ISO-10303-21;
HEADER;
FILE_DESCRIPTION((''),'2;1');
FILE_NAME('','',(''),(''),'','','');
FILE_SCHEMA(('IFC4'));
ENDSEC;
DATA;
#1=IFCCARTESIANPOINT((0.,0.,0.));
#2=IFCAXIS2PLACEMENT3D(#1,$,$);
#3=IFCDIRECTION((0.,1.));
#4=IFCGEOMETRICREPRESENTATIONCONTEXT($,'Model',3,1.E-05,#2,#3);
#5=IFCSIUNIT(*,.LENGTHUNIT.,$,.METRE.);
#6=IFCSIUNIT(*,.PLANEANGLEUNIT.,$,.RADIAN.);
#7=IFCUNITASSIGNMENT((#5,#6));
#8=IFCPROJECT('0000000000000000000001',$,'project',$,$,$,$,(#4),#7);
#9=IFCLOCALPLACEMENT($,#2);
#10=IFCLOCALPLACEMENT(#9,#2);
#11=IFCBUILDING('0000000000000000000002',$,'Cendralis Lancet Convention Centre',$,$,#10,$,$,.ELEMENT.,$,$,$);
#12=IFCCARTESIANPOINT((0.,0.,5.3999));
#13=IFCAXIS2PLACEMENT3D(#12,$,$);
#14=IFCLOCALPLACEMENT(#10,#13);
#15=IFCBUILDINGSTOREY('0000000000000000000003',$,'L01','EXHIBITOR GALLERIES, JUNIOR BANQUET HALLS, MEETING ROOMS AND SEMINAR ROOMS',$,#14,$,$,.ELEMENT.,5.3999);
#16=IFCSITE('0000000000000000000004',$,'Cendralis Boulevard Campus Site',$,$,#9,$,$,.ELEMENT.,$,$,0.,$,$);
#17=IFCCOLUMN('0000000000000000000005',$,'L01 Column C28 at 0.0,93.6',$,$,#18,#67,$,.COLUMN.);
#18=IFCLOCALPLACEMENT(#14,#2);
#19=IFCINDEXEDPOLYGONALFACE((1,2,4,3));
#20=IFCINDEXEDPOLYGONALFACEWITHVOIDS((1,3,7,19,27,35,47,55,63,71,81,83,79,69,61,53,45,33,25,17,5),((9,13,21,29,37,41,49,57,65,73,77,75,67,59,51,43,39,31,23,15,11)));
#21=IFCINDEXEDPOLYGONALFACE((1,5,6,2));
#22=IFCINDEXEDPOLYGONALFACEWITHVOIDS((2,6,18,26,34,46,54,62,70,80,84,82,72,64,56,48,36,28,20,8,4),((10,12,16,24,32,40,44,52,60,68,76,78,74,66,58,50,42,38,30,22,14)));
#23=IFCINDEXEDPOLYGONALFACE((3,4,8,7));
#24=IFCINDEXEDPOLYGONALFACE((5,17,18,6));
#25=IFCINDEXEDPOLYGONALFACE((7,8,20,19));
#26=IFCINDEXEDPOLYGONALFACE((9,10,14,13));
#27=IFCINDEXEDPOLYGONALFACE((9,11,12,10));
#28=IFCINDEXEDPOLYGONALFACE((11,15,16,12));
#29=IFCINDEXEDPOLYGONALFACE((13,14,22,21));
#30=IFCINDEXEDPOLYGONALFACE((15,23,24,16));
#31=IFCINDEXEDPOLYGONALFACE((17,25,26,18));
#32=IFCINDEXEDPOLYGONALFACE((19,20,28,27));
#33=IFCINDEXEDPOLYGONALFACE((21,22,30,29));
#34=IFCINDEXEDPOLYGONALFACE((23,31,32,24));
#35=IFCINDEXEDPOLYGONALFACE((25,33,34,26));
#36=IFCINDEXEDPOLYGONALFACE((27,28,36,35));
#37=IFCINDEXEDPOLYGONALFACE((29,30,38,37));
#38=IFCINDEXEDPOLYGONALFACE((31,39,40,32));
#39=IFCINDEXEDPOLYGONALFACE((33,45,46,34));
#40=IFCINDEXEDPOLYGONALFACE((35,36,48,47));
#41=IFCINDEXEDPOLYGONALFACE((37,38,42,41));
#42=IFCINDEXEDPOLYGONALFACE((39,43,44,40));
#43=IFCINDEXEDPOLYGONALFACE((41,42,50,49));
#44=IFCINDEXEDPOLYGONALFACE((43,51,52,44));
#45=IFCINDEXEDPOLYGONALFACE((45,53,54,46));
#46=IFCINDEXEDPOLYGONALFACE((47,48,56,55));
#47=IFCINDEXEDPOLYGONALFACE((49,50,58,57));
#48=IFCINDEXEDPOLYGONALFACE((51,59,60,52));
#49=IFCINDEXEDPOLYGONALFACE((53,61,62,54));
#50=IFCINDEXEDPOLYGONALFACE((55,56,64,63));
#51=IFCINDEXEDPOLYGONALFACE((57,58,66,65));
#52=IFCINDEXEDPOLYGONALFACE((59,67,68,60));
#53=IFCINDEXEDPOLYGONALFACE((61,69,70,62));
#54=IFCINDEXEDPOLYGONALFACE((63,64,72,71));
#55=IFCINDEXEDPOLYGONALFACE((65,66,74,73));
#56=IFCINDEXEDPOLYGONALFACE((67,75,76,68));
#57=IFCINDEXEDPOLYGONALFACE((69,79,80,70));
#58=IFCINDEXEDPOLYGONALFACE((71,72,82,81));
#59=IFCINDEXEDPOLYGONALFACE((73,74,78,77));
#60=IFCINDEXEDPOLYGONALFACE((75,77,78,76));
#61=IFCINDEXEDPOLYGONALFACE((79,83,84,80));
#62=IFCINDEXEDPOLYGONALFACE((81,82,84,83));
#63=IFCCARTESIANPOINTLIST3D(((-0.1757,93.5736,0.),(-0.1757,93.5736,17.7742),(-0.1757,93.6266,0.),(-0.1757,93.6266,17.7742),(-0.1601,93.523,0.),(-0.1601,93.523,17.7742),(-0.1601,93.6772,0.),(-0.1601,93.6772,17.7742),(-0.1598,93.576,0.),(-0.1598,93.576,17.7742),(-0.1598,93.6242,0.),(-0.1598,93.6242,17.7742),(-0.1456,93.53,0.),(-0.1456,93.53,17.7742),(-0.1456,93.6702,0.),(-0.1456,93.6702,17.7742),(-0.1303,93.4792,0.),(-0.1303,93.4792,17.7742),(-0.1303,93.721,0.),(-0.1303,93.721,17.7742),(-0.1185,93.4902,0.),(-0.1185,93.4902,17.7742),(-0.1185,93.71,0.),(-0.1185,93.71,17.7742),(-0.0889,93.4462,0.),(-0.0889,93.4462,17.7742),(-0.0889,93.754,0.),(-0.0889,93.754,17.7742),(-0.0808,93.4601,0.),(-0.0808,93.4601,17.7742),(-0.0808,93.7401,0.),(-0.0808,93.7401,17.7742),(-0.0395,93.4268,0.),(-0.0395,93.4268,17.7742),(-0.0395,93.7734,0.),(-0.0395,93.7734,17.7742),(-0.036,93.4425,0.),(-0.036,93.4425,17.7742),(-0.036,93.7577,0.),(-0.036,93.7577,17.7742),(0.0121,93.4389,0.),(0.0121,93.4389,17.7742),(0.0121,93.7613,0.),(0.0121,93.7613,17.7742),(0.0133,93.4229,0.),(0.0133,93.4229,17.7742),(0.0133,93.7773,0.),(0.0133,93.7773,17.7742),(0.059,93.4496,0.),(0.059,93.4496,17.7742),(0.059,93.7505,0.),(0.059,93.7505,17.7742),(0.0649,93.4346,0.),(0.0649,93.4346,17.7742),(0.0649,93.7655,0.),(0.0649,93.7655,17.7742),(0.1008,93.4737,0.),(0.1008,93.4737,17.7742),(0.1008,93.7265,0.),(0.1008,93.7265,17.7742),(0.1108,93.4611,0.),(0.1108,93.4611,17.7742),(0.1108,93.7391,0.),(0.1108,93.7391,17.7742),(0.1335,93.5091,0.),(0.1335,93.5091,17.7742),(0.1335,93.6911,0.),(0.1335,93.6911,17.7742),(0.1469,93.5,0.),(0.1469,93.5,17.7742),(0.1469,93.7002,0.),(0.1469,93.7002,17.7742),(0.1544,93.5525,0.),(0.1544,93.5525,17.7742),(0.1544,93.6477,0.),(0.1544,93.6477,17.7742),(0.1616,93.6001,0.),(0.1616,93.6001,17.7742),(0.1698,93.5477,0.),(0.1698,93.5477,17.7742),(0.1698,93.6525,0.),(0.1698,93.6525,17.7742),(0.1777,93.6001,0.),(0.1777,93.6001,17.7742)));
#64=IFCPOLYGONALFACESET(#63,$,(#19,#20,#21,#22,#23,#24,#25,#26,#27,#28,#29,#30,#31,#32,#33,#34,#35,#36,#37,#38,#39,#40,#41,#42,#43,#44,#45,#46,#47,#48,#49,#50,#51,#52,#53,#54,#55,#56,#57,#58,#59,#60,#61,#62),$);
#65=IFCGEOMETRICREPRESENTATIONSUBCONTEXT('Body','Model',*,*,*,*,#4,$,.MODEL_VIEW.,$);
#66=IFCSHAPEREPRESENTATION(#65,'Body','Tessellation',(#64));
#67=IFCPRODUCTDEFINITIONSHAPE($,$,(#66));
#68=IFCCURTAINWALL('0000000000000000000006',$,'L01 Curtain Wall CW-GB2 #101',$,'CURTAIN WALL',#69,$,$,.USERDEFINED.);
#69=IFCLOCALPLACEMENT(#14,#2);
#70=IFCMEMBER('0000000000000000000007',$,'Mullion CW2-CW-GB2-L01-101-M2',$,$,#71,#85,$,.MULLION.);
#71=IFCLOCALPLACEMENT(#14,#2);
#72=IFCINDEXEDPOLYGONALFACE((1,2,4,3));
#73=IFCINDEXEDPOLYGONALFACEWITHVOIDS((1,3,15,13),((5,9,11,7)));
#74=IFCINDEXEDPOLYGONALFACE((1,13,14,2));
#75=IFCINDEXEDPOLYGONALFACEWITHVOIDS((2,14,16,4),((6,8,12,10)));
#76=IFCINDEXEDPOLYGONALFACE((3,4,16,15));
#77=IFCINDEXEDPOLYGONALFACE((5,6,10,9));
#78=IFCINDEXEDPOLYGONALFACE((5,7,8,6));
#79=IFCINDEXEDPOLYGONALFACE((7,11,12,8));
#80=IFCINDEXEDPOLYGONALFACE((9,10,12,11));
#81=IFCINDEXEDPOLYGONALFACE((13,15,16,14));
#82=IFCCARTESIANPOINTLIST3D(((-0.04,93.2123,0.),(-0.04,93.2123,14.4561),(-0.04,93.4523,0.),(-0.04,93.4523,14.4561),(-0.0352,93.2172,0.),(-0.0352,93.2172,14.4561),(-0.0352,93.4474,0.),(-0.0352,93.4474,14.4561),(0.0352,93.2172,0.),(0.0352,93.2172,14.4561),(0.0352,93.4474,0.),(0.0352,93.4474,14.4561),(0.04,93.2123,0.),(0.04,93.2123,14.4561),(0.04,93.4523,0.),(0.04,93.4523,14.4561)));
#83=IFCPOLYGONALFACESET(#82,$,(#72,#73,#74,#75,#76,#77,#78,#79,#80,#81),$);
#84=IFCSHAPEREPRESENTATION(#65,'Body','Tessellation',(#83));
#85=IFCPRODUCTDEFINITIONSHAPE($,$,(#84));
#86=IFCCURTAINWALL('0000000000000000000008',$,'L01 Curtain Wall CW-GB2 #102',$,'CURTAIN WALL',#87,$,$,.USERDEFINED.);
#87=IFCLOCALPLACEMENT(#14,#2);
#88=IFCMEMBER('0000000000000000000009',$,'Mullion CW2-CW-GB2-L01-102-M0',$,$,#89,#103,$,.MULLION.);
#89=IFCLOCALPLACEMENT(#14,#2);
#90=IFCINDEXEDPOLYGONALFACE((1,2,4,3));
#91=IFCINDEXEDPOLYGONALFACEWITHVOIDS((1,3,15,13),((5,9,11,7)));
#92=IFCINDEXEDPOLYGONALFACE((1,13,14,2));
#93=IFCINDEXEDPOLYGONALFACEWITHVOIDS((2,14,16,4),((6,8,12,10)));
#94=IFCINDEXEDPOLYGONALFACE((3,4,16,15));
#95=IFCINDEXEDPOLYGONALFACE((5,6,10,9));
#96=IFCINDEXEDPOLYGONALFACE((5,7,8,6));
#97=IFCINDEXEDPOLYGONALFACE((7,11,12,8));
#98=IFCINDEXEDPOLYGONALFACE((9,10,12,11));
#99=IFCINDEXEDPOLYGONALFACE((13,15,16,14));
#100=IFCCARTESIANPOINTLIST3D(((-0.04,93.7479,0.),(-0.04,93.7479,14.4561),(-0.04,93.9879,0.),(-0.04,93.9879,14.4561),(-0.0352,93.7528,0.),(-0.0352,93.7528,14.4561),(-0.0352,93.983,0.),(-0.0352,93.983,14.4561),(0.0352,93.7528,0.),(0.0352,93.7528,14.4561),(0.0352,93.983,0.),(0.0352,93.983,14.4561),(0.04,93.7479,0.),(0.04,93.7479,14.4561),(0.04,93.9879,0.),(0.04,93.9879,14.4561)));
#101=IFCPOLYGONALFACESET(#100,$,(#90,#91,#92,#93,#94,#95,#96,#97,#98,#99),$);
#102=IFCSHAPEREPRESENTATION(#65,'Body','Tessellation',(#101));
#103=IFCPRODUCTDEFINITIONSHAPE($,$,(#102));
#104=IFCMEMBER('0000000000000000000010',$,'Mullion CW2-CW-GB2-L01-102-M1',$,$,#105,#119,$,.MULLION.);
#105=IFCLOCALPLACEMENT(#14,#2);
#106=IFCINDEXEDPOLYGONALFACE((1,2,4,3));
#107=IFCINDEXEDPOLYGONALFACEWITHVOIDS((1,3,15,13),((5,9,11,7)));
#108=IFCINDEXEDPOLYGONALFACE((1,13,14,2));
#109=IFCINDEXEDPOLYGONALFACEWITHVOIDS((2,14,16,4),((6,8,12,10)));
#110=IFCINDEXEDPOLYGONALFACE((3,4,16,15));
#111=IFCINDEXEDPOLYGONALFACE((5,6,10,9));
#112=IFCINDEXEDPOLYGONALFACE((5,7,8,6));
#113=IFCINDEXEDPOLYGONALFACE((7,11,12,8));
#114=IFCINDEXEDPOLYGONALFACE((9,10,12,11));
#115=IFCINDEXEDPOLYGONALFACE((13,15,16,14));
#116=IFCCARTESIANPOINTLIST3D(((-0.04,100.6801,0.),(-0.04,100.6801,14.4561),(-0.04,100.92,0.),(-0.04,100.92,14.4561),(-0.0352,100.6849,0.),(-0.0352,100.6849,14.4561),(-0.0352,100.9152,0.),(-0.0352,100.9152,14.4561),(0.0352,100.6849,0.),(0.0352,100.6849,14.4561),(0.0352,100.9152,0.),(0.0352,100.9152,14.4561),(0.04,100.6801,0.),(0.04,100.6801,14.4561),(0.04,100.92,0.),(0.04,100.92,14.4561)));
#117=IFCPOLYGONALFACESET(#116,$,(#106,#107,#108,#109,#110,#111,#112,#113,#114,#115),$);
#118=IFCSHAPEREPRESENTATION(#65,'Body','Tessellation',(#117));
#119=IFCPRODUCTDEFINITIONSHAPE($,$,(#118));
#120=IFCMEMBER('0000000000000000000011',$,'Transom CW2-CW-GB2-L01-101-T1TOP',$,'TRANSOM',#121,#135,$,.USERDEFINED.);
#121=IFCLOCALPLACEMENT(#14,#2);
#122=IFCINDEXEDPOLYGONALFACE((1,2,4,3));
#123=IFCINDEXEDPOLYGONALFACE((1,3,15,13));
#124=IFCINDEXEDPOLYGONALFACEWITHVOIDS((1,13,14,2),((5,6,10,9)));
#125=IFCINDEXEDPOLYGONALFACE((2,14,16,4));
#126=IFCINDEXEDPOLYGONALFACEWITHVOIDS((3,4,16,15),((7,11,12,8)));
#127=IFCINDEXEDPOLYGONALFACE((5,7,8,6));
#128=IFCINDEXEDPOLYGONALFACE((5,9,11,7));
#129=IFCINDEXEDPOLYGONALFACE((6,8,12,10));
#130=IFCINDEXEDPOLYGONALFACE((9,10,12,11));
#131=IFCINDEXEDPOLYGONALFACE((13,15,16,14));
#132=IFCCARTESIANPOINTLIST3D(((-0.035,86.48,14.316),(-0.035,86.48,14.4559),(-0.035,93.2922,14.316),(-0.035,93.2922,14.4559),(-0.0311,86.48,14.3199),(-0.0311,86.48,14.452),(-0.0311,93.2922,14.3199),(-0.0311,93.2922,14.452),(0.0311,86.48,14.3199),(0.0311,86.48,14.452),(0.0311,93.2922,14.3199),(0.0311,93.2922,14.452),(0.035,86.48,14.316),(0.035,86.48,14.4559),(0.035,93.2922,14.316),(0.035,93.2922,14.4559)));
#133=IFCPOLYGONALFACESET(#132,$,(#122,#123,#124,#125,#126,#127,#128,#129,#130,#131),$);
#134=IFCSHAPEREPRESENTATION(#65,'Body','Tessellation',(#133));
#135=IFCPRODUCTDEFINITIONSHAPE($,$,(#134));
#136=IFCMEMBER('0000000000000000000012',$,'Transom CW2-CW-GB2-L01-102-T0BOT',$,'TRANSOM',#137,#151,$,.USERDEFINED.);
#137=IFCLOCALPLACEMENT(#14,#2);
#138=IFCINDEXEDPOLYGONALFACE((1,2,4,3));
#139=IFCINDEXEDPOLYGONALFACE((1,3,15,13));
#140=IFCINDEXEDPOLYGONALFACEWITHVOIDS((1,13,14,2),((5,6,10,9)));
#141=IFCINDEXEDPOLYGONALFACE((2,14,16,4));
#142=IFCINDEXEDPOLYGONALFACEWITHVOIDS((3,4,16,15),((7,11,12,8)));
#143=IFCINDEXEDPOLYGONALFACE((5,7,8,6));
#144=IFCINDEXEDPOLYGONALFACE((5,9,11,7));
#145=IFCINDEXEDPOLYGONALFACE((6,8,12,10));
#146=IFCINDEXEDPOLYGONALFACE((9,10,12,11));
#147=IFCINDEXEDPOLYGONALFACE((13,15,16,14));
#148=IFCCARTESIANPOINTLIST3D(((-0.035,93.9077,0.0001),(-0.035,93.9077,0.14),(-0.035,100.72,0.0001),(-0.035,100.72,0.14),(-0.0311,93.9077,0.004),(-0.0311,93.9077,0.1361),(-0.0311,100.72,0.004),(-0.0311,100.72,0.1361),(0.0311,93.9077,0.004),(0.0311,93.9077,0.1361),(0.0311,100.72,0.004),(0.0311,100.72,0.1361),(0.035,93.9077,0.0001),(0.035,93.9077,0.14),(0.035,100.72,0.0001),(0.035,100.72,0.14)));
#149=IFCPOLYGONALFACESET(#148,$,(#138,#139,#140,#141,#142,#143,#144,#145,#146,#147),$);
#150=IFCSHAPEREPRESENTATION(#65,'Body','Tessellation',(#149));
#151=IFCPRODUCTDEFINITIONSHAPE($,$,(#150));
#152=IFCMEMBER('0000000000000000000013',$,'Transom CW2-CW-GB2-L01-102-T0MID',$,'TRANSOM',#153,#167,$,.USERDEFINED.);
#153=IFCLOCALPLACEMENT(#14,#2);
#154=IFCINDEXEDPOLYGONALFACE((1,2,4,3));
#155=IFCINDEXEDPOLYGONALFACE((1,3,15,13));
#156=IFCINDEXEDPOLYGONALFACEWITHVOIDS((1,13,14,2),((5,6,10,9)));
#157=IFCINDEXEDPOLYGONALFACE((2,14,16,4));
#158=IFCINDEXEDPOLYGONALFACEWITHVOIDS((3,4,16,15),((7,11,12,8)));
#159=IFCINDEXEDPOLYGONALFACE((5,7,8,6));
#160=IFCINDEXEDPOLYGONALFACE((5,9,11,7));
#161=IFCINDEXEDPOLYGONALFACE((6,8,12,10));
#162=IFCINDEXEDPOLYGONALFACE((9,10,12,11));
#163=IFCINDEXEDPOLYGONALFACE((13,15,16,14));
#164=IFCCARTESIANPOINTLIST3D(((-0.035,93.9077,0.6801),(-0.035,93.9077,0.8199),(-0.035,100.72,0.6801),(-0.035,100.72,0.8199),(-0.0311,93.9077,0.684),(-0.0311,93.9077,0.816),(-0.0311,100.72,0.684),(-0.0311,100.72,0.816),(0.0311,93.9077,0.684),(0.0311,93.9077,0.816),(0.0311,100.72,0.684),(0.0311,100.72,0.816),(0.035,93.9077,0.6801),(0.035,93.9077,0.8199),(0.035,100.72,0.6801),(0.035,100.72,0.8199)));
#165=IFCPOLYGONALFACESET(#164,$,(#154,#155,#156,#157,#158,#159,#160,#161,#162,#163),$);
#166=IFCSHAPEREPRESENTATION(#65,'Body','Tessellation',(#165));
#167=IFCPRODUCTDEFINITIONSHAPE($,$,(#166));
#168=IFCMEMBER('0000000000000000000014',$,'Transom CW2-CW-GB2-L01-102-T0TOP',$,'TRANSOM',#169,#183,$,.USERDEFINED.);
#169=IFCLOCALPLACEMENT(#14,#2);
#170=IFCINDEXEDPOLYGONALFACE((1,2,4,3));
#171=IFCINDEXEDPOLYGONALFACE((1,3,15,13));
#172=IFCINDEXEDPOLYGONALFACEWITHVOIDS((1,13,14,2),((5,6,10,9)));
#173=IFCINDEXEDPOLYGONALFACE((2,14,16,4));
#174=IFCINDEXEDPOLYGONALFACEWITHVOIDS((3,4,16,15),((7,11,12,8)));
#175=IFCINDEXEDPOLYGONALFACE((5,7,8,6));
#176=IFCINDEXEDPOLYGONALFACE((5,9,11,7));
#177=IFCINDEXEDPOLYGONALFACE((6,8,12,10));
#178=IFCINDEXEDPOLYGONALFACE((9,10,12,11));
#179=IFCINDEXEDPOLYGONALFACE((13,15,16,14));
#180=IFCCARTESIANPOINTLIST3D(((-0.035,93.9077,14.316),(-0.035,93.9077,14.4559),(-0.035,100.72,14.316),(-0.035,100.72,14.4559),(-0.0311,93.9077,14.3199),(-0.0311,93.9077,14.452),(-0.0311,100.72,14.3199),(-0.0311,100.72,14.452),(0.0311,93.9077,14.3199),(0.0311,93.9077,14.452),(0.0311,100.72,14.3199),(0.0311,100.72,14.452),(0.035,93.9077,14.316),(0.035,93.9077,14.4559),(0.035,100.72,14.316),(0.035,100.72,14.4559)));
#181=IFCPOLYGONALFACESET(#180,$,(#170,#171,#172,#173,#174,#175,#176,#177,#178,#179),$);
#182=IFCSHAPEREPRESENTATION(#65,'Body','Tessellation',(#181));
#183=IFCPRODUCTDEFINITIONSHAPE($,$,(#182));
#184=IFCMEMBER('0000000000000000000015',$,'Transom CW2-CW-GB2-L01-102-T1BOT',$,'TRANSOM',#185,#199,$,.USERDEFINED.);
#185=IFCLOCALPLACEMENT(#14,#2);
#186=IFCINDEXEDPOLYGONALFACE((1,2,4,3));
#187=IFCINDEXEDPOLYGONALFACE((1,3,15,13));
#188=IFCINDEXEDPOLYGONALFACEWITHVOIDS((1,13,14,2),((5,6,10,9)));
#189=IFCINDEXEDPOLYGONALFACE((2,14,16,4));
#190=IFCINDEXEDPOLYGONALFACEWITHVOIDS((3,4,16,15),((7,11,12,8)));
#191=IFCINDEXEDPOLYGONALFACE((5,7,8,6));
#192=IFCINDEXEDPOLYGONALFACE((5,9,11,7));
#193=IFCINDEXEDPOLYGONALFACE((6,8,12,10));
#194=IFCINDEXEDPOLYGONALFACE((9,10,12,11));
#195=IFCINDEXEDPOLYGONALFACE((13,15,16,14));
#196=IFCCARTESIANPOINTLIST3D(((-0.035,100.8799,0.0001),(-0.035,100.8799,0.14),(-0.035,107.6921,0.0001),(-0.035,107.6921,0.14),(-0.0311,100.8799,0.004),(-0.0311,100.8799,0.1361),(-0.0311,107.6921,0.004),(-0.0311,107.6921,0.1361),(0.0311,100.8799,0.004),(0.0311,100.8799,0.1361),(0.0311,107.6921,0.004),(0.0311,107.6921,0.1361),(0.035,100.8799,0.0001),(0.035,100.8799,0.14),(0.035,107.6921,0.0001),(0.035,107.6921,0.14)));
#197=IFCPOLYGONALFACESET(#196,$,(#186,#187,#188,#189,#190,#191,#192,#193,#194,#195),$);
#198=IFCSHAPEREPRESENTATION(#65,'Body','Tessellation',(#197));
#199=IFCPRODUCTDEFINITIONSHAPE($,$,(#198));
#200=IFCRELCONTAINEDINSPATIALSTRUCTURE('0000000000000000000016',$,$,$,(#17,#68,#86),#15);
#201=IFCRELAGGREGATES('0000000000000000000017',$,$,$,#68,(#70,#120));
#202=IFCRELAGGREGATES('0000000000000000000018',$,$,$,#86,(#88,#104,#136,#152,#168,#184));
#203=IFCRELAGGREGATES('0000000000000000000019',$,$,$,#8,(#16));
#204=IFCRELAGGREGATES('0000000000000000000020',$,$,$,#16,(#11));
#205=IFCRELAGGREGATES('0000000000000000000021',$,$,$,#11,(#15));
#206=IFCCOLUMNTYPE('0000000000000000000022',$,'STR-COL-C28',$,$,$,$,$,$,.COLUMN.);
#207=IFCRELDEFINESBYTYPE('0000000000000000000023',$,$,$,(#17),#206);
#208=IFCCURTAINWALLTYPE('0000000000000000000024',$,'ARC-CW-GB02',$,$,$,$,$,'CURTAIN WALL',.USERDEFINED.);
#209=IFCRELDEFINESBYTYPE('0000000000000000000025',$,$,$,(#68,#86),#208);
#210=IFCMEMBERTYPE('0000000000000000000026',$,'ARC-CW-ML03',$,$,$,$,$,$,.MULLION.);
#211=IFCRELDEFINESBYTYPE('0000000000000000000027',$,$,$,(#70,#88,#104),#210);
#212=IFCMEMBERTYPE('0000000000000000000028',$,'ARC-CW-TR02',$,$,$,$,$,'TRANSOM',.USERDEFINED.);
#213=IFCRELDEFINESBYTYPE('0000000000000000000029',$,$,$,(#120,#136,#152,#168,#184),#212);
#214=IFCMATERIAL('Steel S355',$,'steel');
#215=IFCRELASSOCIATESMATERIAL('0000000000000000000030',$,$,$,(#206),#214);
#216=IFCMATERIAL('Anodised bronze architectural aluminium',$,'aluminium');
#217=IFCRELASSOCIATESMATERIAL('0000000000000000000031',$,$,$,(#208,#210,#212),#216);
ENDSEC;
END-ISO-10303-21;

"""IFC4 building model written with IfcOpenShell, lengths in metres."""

from ifc_helpers import new_model, si_unit, direction, frame, origin, origin_2d, place, context, subcontext, project, spatial, hollow_rectangle, hollow_circle, extrude, material, material_profile, profile_set, type_object, element, aggregate, save


model = new_model("IFC4")

# Units and contexts
model_context = context("Model", 3, precision=1e-05, world=origin(), true_north=direction((0.0, 1.0)))
body_context = subcontext(model_context, "Body", "Model", "MODEL_VIEW")
ifc_project = project(units=[si_unit("LENGTHUNIT", "METRE"), si_unit("PLANEANGLEUNIT", "RADIAN")], contexts=[model_context])

# Site, building, storey
site_placement = place(None, origin())
site = spatial("IfcSite", under=ifc_project, at=site_placement, Name="Cendralis Boulevard Campus Site", CompositionType="ELEMENT", RefElevation=0.0)
building_placement = place(site_placement, origin())
building = spatial("IfcBuilding", under=site, at=building_placement, Name="Cendralis Lancet Convention Centre", CompositionType="ELEMENT")
storey_placement = place(building_placement, frame((0.0, 0.0, 5.3999)))
storey = spatial("IfcBuildingStorey", under=building, at=storey_placement, Name="L01", Description="EXHIBITOR GALLERIES, JUNIOR BANQUET HALLS, MEETING ROOMS AND SEMINAR ROOMS", CompositionType="ELEMENT", Elevation=5.3999)

# Column
ifc_material_1 = material(Name="Steel S355", Category="steel")
ifc_material_profile_1 = material_profile(ifc_material_1, hollow_circle(Radius=0.1777, WallThickness=0.0161, at=origin_2d()), Name="CHS 355.6x16.0")
ifc_profile_set_1 = profile_set([ifc_material_profile_1], Name="Steel S355")
column_type = type_object("IfcColumnType", Name="STR-COL-C28", PredefinedType="COLUMN", material=ifc_profile_set_1)
column_placement = place(storey_placement, frame((0.0, 93.6001, 0.0), z_axis=(0.0, 0.0, 1.0), x_axis=(1.0, 0.0, 0.0)))
element("IfcColumn", 1, at=column_placement, inside=storey, type_object=column_type, Name="L01 Column C28 at 0.0,93.6", PredefinedType="COLUMN", context=body_context, shape_type="SweptSolid", body=[
    extrude(hollow_circle(Radius=0.1777, WallThickness=0.0161, at=origin_2d()), origin(), (0.0, 0.0, 1.0), 17.7742),
])

# Curtain wall, member
ifc_material_2 = material(Name="Anodised bronze architectural aluminium", Category="aluminium")
curtain_wall_type = type_object("IfcCurtainWallType", Name="ARC-CW-GB02", ElementType="CURTAIN WALL", PredefinedType="USERDEFINED", material=ifc_material_2)
curtain_wall_1_placement = place(storey_placement, origin())
curtain_wall_1 = element("IfcCurtainWall", 2, at=curtain_wall_1_placement, inside=storey, type_object=curtain_wall_type, Name="L01 Curtain Wall CW-GB2 #101", ObjectType="CURTAIN WALL", PredefinedType="USERDEFINED")
ifc_material_profile_2 = material_profile(ifc_material_2, hollow_rectangle(XDim=0.0801, YDim=0.24, WallThickness=0.0049, at=origin_2d()), Name="AL-MULL 80x240x5.0")
ifc_profile_set_2 = profile_set([ifc_material_profile_2], Name="Anodised bronze architectural aluminium")
member_type_1 = type_object("IfcMemberType", Name="ARC-CW-ML03", PredefinedType="MULLION", material=ifc_profile_set_2)
member_1_placement = place(storey_placement, frame((0.0, 93.3323, 0.0), z_axis=(0.0, 0.0, 1.0), x_axis=(1.0, 0.0, 0.0)))
member_1 = element("IfcMember", 3, at=member_1_placement, type_object=member_type_1, Name="Mullion CW2-CW-GB2-L01-101-M2", PredefinedType="MULLION", context=body_context, shape_type="SweptSolid", body=[
    extrude(hollow_rectangle(XDim=0.0801, YDim=0.24, WallThickness=0.0049, at=origin_2d()), origin(), (0.0, 0.0, 1.0), 14.4561),
])

# Curtain wall, members
curtain_wall_2_placement = place(storey_placement, origin())
curtain_wall_2 = element("IfcCurtainWall", 4, at=curtain_wall_2_placement, inside=storey, type_object=curtain_wall_type, Name="L01 Curtain Wall CW-GB2 #102", ObjectType="CURTAIN WALL", PredefinedType="USERDEFINED")
member_2_placement = place(storey_placement, frame((0.0, 93.8679, 0.0), z_axis=(0.0, 0.0, 1.0), x_axis=(1.0, 0.0, 0.0)))
member_2 = element("IfcMember", 5, at=member_2_placement, type_object=member_type_1, Name="Mullion CW2-CW-GB2-L01-102-M0", PredefinedType="MULLION", context=body_context, shape_type="SweptSolid", body=[
    extrude(hollow_rectangle(XDim=0.0801, YDim=0.24, WallThickness=0.0049, at=origin_2d()), origin(), (0.0, 0.0, 1.0), 14.4561),
])
member_3_placement = place(storey_placement, frame((0.0, 100.8, 0.0), z_axis=(0.0, 0.0, 1.0), x_axis=(1.0, 0.0, 0.0)))
member_3 = element("IfcMember", 6, at=member_3_placement, type_object=member_type_1, Name="Mullion CW2-CW-GB2-L01-102-M1", PredefinedType="MULLION", context=body_context, shape_type="SweptSolid", body=[
    extrude(hollow_rectangle(XDim=0.0801, YDim=0.24, WallThickness=0.0049, at=origin_2d()), origin(), (0.0, 0.0, 1.0), 14.4561),
])

# Members
ifc_material_profile_3 = material_profile(ifc_material_2, hollow_rectangle(XDim=0.0701, YDim=0.1399, WallThickness=0.0039, at=origin_2d()), Name="AL-TRAN 70x140x4.0")
ifc_profile_set_3 = profile_set([ifc_material_profile_3], Name="Anodised bronze architectural aluminium")
member_type_2 = type_object("IfcMemberType", Name="ARC-CW-TR02", ElementType="TRANSOM", PredefinedType="USERDEFINED", material=ifc_profile_set_3)
member_4_placement = place(storey_placement, frame((0.0, 86.48, 14.386), z_axis=(0.0, 1.0, 0.0), x_axis=(-1.0, 0.0, 0.0)))
member_4 = element("IfcMember", 7, at=member_4_placement, type_object=member_type_2, Name="Transom CW2-CW-GB2-L01-101-T1TOP", ObjectType="TRANSOM", PredefinedType="USERDEFINED", context=body_context, shape_type="SweptSolid", body=[
    extrude(hollow_rectangle(XDim=0.0701, YDim=0.1399, WallThickness=0.0039, at=origin_2d()), origin(), (0.0, 0.0, 1.0), 6.8123),
])
member_5_placement = place(storey_placement, frame((0.0, 93.9077, 0.0701), z_axis=(0.0, 1.0, 0.0), x_axis=(-1.0, 0.0, 0.0)))
member_5 = element("IfcMember", 8, at=member_5_placement, type_object=member_type_2, Name="Transom CW2-CW-GB2-L01-102-T0BOT", ObjectType="TRANSOM", PredefinedType="USERDEFINED", context=body_context, shape_type="SweptSolid", body=[
    extrude(hollow_rectangle(XDim=0.0701, YDim=0.1399, WallThickness=0.0039, at=origin_2d()), origin(), (0.0, 0.0, 1.0), 6.8123),
])
member_6_placement = place(storey_placement, frame((0.0, 93.9077, 0.75), z_axis=(0.0, 1.0, 0.0), x_axis=(-1.0, 0.0, 0.0)))
member_6 = element("IfcMember", 9, at=member_6_placement, type_object=member_type_2, Name="Transom CW2-CW-GB2-L01-102-T0MID", ObjectType="TRANSOM", PredefinedType="USERDEFINED", context=body_context, shape_type="SweptSolid", body=[
    extrude(hollow_rectangle(XDim=0.0701, YDim=0.1399, WallThickness=0.0039, at=origin_2d()), origin(), (0.0, 0.0, 1.0), 6.8123),
])
member_7_placement = place(storey_placement, frame((0.0, 93.9077, 14.386), z_axis=(0.0, 1.0, 0.0), x_axis=(-1.0, 0.0, 0.0)))
member_7 = element("IfcMember", 10, at=member_7_placement, type_object=member_type_2, Name="Transom CW2-CW-GB2-L01-102-T0TOP", ObjectType="TRANSOM", PredefinedType="USERDEFINED", context=body_context, shape_type="SweptSolid", body=[
    extrude(hollow_rectangle(XDim=0.0701, YDim=0.1399, WallThickness=0.0039, at=origin_2d()), origin(), (0.0, 0.0, 1.0), 6.8123),
])
member_8_placement = place(storey_placement, frame((0.0, 100.8799, 0.0701), z_axis=(0.0, 1.0, 0.0), x_axis=(-1.0, 0.0, 0.0)))
member_8 = element("IfcMember", 11, at=member_8_placement, type_object=member_type_2, Name="Transom CW2-CW-GB2-L01-102-T1BOT", ObjectType="TRANSOM", PredefinedType="USERDEFINED", context=body_context, shape_type="SweptSolid", body=[
    extrude(hollow_rectangle(XDim=0.0701, YDim=0.1399, WallThickness=0.0039, at=origin_2d()), origin(), (0.0, 0.0, 1.0), 6.8123),
])

aggregate(curtain_wall_1, [member_1, member_4])
aggregate(curtain_wall_2, [member_2, member_3, member_5, member_6, member_7, member_8])

save(model, "model.ifc")
